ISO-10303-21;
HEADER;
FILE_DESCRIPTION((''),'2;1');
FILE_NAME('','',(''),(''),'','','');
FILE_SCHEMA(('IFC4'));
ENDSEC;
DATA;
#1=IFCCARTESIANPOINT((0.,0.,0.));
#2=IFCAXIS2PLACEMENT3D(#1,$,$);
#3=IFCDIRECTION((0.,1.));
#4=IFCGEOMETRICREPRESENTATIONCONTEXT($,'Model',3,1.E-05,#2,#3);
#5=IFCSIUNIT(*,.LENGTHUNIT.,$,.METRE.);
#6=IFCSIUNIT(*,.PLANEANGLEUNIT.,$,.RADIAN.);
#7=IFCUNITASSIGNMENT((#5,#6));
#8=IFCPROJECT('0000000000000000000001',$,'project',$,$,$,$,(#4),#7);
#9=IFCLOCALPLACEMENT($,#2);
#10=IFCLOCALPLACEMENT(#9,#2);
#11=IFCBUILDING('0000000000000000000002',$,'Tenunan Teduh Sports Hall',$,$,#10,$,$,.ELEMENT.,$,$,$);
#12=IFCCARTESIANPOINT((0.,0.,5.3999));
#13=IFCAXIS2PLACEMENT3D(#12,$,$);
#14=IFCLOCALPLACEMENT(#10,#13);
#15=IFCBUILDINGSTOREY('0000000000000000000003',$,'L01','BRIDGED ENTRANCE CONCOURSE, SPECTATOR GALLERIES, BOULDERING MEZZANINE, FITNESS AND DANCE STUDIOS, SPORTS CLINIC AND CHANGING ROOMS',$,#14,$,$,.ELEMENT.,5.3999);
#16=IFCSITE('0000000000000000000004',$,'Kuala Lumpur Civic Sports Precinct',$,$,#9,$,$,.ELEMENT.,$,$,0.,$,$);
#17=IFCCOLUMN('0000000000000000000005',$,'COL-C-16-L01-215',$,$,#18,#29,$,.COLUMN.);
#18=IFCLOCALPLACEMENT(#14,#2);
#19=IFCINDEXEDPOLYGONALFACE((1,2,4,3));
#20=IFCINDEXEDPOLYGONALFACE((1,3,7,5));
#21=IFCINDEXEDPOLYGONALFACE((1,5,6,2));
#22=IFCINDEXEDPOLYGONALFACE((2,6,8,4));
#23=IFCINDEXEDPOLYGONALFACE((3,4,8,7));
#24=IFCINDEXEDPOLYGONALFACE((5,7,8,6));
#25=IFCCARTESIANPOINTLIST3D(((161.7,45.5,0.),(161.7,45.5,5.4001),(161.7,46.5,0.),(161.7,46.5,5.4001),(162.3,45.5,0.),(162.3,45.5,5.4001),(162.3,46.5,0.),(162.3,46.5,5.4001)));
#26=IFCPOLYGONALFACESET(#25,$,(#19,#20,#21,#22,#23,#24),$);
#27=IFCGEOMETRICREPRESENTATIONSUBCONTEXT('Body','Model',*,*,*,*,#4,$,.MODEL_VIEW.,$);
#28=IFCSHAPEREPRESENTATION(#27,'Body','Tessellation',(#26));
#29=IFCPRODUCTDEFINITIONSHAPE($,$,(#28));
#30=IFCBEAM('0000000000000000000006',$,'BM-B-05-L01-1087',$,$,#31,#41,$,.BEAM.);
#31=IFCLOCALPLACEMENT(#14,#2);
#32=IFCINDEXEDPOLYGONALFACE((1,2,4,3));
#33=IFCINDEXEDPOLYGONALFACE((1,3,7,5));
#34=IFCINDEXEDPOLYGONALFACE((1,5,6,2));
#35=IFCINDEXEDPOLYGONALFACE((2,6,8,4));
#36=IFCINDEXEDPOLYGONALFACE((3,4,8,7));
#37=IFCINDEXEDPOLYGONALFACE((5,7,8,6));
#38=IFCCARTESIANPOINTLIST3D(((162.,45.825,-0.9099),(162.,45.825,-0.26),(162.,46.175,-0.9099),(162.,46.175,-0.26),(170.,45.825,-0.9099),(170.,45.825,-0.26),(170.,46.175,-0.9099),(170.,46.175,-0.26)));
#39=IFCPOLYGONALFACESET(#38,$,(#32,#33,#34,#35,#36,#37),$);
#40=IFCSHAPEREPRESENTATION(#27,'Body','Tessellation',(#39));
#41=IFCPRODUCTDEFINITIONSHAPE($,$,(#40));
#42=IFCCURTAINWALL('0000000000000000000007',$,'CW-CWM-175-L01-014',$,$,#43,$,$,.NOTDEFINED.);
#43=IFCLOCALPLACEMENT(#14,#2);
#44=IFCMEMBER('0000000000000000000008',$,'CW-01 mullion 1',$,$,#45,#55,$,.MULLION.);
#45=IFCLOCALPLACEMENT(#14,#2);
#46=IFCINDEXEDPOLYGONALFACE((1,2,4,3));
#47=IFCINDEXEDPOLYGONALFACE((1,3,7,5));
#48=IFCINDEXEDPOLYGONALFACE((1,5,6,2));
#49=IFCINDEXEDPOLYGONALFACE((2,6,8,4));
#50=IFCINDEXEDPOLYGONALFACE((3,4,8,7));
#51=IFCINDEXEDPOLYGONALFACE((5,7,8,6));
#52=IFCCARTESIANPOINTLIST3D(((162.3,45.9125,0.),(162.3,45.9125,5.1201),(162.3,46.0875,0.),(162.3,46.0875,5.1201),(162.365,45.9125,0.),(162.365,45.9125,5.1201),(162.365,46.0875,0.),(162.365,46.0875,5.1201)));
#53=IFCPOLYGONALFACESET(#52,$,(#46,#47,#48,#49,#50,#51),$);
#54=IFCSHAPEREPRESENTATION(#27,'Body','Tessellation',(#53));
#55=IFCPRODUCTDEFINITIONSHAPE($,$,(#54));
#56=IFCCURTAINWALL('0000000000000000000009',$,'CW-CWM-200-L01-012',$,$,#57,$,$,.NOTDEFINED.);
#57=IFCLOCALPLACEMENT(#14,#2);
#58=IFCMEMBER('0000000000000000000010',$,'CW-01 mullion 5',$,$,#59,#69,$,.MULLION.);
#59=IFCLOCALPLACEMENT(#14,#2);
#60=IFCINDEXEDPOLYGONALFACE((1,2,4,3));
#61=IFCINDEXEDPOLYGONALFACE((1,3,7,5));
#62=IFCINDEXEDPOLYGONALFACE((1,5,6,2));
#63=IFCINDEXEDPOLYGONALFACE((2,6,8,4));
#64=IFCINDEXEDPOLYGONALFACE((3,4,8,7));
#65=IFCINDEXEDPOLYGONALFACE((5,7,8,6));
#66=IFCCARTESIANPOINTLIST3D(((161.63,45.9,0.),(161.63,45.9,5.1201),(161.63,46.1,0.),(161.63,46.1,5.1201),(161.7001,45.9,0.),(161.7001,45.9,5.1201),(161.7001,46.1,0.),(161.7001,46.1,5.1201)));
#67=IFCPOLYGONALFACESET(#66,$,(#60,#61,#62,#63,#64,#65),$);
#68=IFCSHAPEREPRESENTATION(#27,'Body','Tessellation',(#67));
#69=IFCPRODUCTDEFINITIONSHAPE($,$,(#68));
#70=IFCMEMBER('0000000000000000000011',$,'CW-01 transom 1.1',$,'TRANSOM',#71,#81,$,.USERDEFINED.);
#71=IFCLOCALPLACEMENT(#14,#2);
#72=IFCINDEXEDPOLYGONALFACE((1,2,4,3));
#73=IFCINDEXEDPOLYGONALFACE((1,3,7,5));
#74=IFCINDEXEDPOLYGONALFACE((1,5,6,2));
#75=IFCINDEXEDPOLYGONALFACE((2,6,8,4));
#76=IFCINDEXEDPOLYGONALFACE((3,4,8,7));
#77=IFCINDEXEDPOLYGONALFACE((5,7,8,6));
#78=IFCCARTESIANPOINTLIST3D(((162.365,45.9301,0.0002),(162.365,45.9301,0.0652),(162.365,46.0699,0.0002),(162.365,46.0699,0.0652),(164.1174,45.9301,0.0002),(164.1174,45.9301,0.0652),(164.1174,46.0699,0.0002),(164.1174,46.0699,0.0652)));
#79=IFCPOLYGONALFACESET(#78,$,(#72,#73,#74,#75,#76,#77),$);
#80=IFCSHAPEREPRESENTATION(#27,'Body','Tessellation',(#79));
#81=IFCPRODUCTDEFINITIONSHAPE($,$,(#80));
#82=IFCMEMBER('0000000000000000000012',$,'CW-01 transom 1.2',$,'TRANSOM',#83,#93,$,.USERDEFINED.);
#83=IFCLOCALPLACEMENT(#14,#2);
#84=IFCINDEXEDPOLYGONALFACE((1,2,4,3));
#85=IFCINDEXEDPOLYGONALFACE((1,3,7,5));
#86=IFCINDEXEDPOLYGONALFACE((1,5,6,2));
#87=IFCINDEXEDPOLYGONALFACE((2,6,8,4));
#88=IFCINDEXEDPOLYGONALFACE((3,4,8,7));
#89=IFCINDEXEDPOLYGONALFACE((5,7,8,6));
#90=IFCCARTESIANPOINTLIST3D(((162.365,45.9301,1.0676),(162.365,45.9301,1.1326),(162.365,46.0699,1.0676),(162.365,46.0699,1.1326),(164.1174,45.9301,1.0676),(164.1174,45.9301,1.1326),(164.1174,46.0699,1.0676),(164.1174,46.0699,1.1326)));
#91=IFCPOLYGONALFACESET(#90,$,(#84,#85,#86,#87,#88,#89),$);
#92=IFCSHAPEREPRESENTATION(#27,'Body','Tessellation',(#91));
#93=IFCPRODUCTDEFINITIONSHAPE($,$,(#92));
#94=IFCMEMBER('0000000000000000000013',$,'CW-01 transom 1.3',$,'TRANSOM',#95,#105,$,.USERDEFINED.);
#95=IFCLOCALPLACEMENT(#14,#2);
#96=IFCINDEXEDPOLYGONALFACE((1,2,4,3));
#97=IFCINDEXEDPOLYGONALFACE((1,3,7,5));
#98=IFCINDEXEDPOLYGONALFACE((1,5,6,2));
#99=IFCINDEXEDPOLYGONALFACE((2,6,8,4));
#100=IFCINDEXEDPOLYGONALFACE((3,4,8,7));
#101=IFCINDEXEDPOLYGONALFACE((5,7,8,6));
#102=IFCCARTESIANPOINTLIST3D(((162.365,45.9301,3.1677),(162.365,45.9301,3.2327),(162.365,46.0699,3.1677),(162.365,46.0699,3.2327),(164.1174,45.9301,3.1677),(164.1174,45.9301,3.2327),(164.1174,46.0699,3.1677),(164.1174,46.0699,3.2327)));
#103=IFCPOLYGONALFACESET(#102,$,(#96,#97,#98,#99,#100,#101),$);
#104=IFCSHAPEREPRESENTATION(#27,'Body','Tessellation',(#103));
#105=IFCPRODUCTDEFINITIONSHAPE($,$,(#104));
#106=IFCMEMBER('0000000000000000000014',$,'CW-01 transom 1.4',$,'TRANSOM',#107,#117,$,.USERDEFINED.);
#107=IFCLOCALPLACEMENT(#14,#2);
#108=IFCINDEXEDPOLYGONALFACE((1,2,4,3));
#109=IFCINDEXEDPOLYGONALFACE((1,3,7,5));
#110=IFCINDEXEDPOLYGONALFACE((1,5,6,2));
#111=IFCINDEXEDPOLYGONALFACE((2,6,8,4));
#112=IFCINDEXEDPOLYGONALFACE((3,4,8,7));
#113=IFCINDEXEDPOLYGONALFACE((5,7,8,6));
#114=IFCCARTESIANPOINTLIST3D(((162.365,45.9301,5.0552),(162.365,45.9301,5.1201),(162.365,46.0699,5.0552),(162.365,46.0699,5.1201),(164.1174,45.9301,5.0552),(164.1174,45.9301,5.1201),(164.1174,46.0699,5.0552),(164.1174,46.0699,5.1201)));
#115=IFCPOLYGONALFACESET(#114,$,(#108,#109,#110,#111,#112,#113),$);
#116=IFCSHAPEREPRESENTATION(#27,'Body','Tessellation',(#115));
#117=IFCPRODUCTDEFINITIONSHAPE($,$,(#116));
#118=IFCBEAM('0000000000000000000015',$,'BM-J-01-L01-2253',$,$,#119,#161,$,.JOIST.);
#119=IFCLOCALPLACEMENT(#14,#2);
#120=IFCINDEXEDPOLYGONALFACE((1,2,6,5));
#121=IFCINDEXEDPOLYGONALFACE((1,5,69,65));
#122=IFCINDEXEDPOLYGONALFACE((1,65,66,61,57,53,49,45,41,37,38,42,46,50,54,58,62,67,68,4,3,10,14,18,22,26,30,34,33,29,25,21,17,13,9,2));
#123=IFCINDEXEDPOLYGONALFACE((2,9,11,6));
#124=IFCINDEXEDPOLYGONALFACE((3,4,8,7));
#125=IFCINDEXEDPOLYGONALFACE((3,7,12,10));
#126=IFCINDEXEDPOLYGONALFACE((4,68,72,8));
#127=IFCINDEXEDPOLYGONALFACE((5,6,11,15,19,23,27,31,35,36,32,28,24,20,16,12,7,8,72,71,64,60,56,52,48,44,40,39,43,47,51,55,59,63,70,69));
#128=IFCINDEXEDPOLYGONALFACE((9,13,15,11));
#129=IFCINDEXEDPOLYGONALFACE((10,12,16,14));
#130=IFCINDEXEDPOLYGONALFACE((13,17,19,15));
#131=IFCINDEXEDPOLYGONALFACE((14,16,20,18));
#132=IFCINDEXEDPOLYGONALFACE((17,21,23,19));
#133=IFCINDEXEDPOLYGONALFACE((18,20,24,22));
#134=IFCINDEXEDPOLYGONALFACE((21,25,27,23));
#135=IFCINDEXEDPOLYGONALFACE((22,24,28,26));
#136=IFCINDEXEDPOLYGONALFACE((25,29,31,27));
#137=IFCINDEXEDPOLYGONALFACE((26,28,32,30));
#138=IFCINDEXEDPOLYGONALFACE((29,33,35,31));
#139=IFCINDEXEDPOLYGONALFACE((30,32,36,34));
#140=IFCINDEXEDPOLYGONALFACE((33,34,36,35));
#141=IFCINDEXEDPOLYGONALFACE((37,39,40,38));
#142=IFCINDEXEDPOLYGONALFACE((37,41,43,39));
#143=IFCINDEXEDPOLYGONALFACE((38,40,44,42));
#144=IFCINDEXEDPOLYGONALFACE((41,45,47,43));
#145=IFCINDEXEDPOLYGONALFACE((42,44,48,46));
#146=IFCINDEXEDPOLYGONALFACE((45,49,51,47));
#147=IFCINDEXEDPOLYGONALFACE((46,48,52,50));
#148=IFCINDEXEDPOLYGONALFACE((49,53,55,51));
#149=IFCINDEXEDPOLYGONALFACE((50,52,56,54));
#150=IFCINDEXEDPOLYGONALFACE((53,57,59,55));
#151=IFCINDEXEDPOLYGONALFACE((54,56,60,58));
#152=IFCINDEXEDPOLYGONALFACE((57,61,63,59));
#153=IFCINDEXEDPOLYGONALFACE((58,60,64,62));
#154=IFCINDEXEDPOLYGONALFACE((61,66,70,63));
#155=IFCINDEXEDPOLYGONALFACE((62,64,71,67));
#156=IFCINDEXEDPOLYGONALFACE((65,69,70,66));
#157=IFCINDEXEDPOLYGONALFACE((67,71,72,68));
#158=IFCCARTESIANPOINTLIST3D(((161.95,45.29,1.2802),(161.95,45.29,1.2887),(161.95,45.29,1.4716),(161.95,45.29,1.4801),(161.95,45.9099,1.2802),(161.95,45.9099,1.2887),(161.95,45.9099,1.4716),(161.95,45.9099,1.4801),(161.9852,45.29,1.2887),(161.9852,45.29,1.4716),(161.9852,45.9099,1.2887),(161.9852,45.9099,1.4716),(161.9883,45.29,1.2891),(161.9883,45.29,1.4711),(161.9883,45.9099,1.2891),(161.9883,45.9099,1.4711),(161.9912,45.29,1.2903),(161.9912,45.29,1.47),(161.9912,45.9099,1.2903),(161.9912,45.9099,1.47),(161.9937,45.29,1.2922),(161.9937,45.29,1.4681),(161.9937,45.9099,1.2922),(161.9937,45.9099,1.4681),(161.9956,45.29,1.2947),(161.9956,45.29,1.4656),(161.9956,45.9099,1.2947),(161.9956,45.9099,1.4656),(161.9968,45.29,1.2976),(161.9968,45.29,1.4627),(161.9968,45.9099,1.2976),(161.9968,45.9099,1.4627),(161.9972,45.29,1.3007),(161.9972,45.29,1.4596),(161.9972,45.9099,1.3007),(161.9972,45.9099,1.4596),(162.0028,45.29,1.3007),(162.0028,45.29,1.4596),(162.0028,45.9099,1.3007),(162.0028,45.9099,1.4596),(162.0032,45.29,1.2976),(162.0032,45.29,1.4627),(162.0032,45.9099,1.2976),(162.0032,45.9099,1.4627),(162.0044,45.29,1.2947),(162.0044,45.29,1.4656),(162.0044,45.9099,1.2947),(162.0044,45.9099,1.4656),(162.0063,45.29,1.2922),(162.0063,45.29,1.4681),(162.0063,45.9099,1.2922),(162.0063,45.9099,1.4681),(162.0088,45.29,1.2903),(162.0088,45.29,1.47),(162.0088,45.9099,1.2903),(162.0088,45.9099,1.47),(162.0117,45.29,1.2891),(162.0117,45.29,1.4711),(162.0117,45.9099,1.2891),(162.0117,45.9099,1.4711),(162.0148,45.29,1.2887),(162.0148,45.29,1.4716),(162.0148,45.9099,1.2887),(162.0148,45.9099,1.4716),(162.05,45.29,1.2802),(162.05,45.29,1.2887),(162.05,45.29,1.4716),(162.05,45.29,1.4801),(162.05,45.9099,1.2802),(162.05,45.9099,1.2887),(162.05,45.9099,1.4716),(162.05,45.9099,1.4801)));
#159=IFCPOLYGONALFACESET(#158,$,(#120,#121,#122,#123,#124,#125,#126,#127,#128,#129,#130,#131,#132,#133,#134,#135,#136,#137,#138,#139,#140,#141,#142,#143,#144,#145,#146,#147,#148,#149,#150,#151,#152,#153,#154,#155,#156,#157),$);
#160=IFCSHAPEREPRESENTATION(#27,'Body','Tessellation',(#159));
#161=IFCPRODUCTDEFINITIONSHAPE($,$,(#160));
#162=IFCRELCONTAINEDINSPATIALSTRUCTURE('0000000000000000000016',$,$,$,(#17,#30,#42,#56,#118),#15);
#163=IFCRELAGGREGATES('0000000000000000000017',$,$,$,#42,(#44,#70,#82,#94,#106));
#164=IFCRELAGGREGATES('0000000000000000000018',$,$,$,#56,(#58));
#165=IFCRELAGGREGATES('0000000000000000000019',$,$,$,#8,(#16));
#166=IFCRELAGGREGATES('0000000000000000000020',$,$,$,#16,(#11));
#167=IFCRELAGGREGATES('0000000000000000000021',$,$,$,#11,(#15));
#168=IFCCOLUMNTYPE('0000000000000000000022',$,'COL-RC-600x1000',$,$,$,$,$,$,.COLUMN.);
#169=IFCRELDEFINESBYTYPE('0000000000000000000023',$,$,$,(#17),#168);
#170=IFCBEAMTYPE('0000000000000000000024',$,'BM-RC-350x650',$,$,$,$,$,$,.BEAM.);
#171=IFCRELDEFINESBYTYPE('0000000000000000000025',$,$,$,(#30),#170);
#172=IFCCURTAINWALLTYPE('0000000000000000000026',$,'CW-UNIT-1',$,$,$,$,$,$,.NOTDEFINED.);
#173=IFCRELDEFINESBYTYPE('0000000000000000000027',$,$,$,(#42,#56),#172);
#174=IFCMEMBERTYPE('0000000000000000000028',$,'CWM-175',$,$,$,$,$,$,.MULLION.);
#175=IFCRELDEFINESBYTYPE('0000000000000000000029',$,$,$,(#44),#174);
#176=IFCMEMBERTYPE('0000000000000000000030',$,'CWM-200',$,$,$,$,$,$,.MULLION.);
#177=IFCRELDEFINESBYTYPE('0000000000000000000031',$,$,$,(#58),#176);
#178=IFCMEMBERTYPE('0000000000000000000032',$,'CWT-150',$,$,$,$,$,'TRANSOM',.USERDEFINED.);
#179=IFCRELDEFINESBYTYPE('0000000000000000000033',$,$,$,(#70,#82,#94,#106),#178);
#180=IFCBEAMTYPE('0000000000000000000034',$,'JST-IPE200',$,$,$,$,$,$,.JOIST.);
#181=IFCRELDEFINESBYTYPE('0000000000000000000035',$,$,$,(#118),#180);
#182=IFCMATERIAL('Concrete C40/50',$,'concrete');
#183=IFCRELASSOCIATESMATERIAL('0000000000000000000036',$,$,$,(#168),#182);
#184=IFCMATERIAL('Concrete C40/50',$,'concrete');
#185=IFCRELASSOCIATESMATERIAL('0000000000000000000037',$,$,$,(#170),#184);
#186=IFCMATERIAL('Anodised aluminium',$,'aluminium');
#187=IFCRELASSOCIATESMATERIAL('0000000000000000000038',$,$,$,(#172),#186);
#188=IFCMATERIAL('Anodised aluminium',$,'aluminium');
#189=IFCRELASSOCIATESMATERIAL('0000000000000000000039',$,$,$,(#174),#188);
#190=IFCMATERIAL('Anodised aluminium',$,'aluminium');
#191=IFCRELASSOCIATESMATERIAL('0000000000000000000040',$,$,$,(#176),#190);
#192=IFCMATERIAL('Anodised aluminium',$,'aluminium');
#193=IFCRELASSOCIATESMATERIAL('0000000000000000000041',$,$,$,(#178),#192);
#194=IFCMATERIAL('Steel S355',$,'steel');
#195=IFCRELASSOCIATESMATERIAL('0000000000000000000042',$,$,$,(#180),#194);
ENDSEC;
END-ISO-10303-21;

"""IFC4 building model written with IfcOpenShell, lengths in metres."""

from ifc_helpers import new_model, si_unit, direction, frame, origin, origin_2d, place, context, subcontext, project, spatial, rectangle, i_section, extrude, material, material_profile, profile_set, type_object, element, aggregate, save


model = new_model("IFC4")

# Units and contexts
model_context = context("Model", 3, precision=1e-05, world=origin(), true_north=direction((0.0, 1.0)))
body_context = subcontext(model_context, "Body", "Model", "MODEL_VIEW")
ifc_project = project(units=[si_unit("LENGTHUNIT", "METRE"), si_unit("PLANEANGLEUNIT", "RADIAN")], contexts=[model_context])

# Site, building, storey
site_placement = place(None, origin())
site = spatial("IfcSite", under=ifc_project, at=site_placement, Name="Kuala Lumpur Civic Sports Precinct", CompositionType="ELEMENT", RefElevation=0.0)
building_placement = place(site_placement, origin())
building = spatial("IfcBuilding", under=site, at=building_placement, Name="Tenunan Teduh Sports Hall", CompositionType="ELEMENT")
storey_placement = place(building_placement, frame((0.0, 0.0, 5.3999)))
storey = spatial("IfcBuildingStorey", under=building, at=storey_placement, Name="L01", Description="BRIDGED ENTRANCE CONCOURSE, SPECTATOR GALLERIES, BOULDERING MEZZANINE, FITNESS AND DANCE STUDIOS, SPORTS CLINIC AND CHANGING ROOMS", CompositionType="ELEMENT", Elevation=5.3999)

# Column
ifc_material_1 = material(Name="Concrete C40/50", Category="concrete")
ifc_material_profile_1 = material_profile(ifc_material_1, rectangle(XDim=0.6001, YDim=1.0, at=origin_2d()), Name="RC 600x1000")
ifc_profile_set_1 = profile_set([ifc_material_profile_1], Name="Concrete C40/50")
column_type = type_object("IfcColumnType", Name="COL-RC-600x1000", PredefinedType="COLUMN", material=ifc_profile_set_1)
column_placement = place(storey_placement, frame((162.0, 46.0, 0.0), z_axis=(0.0, 0.0, 1.0), x_axis=(1.0, 0.0, 0.0)))
element("IfcColumn", 1, at=column_placement, inside=storey, type_object=column_type, Name="COL-C-16-L01-215", PredefinedType="COLUMN", context=body_context, shape_type="SweptSolid", body=[
    extrude(rectangle(XDim=0.6001, YDim=1.0, at=origin_2d()), origin(), (0.0, 0.0, 1.0), 5.4001),
])

# Beam
ifc_material_2 = material(Name="Concrete C40/50", Category="concrete")
ifc_material_profile_2 = material_profile(ifc_material_2, rectangle(XDim=0.3501, YDim=0.6499, at=origin_2d()), Name="RCB 350x650")
ifc_profile_set_2 = profile_set([ifc_material_profile_2], Name="Concrete C40/50")
beam_type_1 = type_object("IfcBeamType", Name="BM-RC-350x650", PredefinedType="BEAM", material=ifc_profile_set_2)
beam_1_placement = place(storey_placement, frame((162.0, 46.0, -0.585), z_axis=(1.0, 0.0, 0.0), x_axis=(0.0, 1.0, 0.0)))
element("IfcBeam", 2, at=beam_1_placement, inside=storey, type_object=beam_type_1, Name="BM-B-05-L01-1087", PredefinedType="BEAM", context=body_context, shape_type="SweptSolid", body=[
    extrude(rectangle(XDim=0.3501, YDim=0.6499, at=origin_2d()), origin(), (0.0, 0.0, 1.0), 8.0),
])

# Curtain walls, members
ifc_material_3 = material(Name="Anodised aluminium", Category="aluminium")
curtain_wall_type = type_object("IfcCurtainWallType", Name="CW-UNIT-1", PredefinedType="NOTDEFINED", material=ifc_material_3)
curtain_wall_1_placement = place(storey_placement, origin())
curtain_wall_1 = element("IfcCurtainWall", 3, at=curtain_wall_1_placement, inside=storey, type_object=curtain_wall_type, Name="CW-CWM-175-L01-014", PredefinedType="NOTDEFINED")
ifc_material_4 = material(Name="Anodised aluminium", Category="aluminium")
ifc_material_profile_3 = material_profile(ifc_material_4, rectangle(XDim=0.0649, YDim=0.175, at=origin_2d()), Name="CWM 65x175")
ifc_profile_set_3 = profile_set([ifc_material_profile_3], Name="Anodised aluminium")
member_type_1 = type_object("IfcMemberType", Name="CWM-175", PredefinedType="MULLION", material=ifc_profile_set_3)
member_1_placement = place(storey_placement, frame((162.3325, 46.0, 0.0), z_axis=(0.0, 0.0, 1.0), x_axis=(1.0, 0.0, 0.0)))
member_1 = element("IfcMember", 4, at=member_1_placement, type_object=member_type_1, Name="CW-01 mullion 1", PredefinedType="MULLION", context=body_context, shape_type="SweptSolid", body=[
    extrude(rectangle(XDim=0.0649, YDim=0.175, at=origin_2d()), origin(), (0.0, 0.0, 1.0), 5.1201),
])
curtain_wall_2_placement = place(storey_placement, origin())
curtain_wall_2 = element("IfcCurtainWall", 5, at=curtain_wall_2_placement, inside=storey, type_object=curtain_wall_type, Name="CW-CWM-200-L01-012", PredefinedType="NOTDEFINED")
ifc_material_5 = material(Name="Anodised aluminium", Category="aluminium")
ifc_material_profile_4 = material_profile(ifc_material_5, rectangle(XDim=0.0701, YDim=0.2, at=origin_2d()), Name="CWM 70x200")
ifc_profile_set_4 = profile_set([ifc_material_profile_4], Name="Anodised aluminium")
member_type_2 = type_object("IfcMemberType", Name="CWM-200", PredefinedType="MULLION", material=ifc_profile_set_4)
member_2_placement = place(storey_placement, frame((161.665, 46.0, 0.0), z_axis=(0.0, 0.0, 1.0), x_axis=(1.0, 0.0, 0.0)))
member_2 = element("IfcMember", 6, at=member_2_placement, type_object=member_type_2, Name="CW-01 mullion 5", PredefinedType="MULLION", context=body_context, shape_type="SweptSolid", body=[
    extrude(rectangle(XDim=0.0701, YDim=0.2, at=origin_2d()), origin(), (0.0, 0.0, 1.0), 5.1201),
])

# Members
ifc_material_6 = material(Name="Anodised aluminium", Category="aluminium")
ifc_material_profile_5 = material_profile(ifc_material_6, rectangle(XDim=0.0649, YDim=0.1399, at=origin_2d()), Name="CWT 65x140")
ifc_profile_set_5 = profile_set([ifc_material_profile_5], Name="Anodised aluminium")
member_type_3 = type_object("IfcMemberType", Name="CWT-150", ElementType="TRANSOM", PredefinedType="USERDEFINED", material=ifc_profile_set_5)
member_3_placement = place(storey_placement, frame((162.365, 46.0, 0.0327), z_axis=(1.0, 0.0, 0.0), x_axis=(0.0, 0.0, 1.0)))
member_3 = element("IfcMember", 7, at=member_3_placement, type_object=member_type_3, Name="CW-01 transom 1.1", ObjectType="TRANSOM", PredefinedType="USERDEFINED", context=body_context, shape_type="SweptSolid", body=[
    extrude(rectangle(XDim=0.0649, YDim=0.1399, at=origin_2d()), origin(), (0.0, 0.0, 1.0), 1.7524),
])
member_4_placement = place(storey_placement, frame((162.365, 46.0, 1.1001), z_axis=(1.0, 0.0, 0.0), x_axis=(0.0, 0.0, 1.0)))
member_4 = element("IfcMember", 8, at=member_4_placement, type_object=member_type_3, Name="CW-01 transom 1.2", ObjectType="TRANSOM", PredefinedType="USERDEFINED", context=body_context, shape_type="SweptSolid", body=[
    extrude(rectangle(XDim=0.0649, YDim=0.1399, at=origin_2d()), origin(), (0.0, 0.0, 1.0), 1.7524),
])
member_5_placement = place(storey_placement, frame((162.365, 46.0, 3.2002), z_axis=(1.0, 0.0, 0.0), x_axis=(0.0, 0.0, 1.0)))
member_5 = element("IfcMember", 9, at=member_5_placement, type_object=member_type_3, Name="CW-01 transom 1.3", ObjectType="TRANSOM", PredefinedType="USERDEFINED", context=body_context, shape_type="SweptSolid", body=[
    extrude(rectangle(XDim=0.0649, YDim=0.1399, at=origin_2d()), origin(), (0.0, 0.0, 1.0), 1.7524),
])
member_6_placement = place(storey_placement, frame((162.365, 46.0, 5.0876), z_axis=(1.0, 0.0, 0.0), x_axis=(0.0, 0.0, 1.0)))
member_6 = element("IfcMember", 10, at=member_6_placement, type_object=member_type_3, Name="CW-01 transom 1.4", ObjectType="TRANSOM", PredefinedType="USERDEFINED", context=body_context, shape_type="SweptSolid", body=[
    extrude(rectangle(XDim=0.0649, YDim=0.1399, at=origin_2d()), origin(), (0.0, 0.0, 1.0), 1.7524),
])
aggregate(curtain_wall_1, [member_1, member_3, member_4, member_5, member_6])

# Beam
ifc_material_7 = material(Name="Steel S355", Category="steel")
ifc_material_profile_6 = material_profile(ifc_material_7, i_section(OverallWidth=0.1001, OverallDepth=0.2, WebThickness=0.0056, FlangeThickness=0.0085, FilletRadius=0.012, at=origin_2d()), Name="IPE 200")
ifc_profile_set_6 = profile_set([ifc_material_profile_6], Name="Steel S355")
beam_type_2 = type_object("IfcBeamType", Name="JST-IPE200", PredefinedType="JOIST", material=ifc_profile_set_6)
beam_2_placement = place(storey_placement, frame((162.0, 45.29, 1.3801), z_axis=(0.0, 1.0, 0.0), x_axis=(-1.0, 0.0, 0.0)))
element("IfcBeam", 11, at=beam_2_placement, inside=storey, type_object=beam_type_2, Name="BM-J-01-L01-2253", PredefinedType="JOIST", context=body_context, shape_type="SweptSolid", body=[
    extrude(i_section(OverallWidth=0.1001, OverallDepth=0.2, WebThickness=0.0056, FlangeThickness=0.0085, FilletRadius=0.012, at=origin_2d()), origin(), (0.0, 0.0, 1.0), 0.6199),
])

aggregate(curtain_wall_2, [member_2])

save(model, "model.ifc")
